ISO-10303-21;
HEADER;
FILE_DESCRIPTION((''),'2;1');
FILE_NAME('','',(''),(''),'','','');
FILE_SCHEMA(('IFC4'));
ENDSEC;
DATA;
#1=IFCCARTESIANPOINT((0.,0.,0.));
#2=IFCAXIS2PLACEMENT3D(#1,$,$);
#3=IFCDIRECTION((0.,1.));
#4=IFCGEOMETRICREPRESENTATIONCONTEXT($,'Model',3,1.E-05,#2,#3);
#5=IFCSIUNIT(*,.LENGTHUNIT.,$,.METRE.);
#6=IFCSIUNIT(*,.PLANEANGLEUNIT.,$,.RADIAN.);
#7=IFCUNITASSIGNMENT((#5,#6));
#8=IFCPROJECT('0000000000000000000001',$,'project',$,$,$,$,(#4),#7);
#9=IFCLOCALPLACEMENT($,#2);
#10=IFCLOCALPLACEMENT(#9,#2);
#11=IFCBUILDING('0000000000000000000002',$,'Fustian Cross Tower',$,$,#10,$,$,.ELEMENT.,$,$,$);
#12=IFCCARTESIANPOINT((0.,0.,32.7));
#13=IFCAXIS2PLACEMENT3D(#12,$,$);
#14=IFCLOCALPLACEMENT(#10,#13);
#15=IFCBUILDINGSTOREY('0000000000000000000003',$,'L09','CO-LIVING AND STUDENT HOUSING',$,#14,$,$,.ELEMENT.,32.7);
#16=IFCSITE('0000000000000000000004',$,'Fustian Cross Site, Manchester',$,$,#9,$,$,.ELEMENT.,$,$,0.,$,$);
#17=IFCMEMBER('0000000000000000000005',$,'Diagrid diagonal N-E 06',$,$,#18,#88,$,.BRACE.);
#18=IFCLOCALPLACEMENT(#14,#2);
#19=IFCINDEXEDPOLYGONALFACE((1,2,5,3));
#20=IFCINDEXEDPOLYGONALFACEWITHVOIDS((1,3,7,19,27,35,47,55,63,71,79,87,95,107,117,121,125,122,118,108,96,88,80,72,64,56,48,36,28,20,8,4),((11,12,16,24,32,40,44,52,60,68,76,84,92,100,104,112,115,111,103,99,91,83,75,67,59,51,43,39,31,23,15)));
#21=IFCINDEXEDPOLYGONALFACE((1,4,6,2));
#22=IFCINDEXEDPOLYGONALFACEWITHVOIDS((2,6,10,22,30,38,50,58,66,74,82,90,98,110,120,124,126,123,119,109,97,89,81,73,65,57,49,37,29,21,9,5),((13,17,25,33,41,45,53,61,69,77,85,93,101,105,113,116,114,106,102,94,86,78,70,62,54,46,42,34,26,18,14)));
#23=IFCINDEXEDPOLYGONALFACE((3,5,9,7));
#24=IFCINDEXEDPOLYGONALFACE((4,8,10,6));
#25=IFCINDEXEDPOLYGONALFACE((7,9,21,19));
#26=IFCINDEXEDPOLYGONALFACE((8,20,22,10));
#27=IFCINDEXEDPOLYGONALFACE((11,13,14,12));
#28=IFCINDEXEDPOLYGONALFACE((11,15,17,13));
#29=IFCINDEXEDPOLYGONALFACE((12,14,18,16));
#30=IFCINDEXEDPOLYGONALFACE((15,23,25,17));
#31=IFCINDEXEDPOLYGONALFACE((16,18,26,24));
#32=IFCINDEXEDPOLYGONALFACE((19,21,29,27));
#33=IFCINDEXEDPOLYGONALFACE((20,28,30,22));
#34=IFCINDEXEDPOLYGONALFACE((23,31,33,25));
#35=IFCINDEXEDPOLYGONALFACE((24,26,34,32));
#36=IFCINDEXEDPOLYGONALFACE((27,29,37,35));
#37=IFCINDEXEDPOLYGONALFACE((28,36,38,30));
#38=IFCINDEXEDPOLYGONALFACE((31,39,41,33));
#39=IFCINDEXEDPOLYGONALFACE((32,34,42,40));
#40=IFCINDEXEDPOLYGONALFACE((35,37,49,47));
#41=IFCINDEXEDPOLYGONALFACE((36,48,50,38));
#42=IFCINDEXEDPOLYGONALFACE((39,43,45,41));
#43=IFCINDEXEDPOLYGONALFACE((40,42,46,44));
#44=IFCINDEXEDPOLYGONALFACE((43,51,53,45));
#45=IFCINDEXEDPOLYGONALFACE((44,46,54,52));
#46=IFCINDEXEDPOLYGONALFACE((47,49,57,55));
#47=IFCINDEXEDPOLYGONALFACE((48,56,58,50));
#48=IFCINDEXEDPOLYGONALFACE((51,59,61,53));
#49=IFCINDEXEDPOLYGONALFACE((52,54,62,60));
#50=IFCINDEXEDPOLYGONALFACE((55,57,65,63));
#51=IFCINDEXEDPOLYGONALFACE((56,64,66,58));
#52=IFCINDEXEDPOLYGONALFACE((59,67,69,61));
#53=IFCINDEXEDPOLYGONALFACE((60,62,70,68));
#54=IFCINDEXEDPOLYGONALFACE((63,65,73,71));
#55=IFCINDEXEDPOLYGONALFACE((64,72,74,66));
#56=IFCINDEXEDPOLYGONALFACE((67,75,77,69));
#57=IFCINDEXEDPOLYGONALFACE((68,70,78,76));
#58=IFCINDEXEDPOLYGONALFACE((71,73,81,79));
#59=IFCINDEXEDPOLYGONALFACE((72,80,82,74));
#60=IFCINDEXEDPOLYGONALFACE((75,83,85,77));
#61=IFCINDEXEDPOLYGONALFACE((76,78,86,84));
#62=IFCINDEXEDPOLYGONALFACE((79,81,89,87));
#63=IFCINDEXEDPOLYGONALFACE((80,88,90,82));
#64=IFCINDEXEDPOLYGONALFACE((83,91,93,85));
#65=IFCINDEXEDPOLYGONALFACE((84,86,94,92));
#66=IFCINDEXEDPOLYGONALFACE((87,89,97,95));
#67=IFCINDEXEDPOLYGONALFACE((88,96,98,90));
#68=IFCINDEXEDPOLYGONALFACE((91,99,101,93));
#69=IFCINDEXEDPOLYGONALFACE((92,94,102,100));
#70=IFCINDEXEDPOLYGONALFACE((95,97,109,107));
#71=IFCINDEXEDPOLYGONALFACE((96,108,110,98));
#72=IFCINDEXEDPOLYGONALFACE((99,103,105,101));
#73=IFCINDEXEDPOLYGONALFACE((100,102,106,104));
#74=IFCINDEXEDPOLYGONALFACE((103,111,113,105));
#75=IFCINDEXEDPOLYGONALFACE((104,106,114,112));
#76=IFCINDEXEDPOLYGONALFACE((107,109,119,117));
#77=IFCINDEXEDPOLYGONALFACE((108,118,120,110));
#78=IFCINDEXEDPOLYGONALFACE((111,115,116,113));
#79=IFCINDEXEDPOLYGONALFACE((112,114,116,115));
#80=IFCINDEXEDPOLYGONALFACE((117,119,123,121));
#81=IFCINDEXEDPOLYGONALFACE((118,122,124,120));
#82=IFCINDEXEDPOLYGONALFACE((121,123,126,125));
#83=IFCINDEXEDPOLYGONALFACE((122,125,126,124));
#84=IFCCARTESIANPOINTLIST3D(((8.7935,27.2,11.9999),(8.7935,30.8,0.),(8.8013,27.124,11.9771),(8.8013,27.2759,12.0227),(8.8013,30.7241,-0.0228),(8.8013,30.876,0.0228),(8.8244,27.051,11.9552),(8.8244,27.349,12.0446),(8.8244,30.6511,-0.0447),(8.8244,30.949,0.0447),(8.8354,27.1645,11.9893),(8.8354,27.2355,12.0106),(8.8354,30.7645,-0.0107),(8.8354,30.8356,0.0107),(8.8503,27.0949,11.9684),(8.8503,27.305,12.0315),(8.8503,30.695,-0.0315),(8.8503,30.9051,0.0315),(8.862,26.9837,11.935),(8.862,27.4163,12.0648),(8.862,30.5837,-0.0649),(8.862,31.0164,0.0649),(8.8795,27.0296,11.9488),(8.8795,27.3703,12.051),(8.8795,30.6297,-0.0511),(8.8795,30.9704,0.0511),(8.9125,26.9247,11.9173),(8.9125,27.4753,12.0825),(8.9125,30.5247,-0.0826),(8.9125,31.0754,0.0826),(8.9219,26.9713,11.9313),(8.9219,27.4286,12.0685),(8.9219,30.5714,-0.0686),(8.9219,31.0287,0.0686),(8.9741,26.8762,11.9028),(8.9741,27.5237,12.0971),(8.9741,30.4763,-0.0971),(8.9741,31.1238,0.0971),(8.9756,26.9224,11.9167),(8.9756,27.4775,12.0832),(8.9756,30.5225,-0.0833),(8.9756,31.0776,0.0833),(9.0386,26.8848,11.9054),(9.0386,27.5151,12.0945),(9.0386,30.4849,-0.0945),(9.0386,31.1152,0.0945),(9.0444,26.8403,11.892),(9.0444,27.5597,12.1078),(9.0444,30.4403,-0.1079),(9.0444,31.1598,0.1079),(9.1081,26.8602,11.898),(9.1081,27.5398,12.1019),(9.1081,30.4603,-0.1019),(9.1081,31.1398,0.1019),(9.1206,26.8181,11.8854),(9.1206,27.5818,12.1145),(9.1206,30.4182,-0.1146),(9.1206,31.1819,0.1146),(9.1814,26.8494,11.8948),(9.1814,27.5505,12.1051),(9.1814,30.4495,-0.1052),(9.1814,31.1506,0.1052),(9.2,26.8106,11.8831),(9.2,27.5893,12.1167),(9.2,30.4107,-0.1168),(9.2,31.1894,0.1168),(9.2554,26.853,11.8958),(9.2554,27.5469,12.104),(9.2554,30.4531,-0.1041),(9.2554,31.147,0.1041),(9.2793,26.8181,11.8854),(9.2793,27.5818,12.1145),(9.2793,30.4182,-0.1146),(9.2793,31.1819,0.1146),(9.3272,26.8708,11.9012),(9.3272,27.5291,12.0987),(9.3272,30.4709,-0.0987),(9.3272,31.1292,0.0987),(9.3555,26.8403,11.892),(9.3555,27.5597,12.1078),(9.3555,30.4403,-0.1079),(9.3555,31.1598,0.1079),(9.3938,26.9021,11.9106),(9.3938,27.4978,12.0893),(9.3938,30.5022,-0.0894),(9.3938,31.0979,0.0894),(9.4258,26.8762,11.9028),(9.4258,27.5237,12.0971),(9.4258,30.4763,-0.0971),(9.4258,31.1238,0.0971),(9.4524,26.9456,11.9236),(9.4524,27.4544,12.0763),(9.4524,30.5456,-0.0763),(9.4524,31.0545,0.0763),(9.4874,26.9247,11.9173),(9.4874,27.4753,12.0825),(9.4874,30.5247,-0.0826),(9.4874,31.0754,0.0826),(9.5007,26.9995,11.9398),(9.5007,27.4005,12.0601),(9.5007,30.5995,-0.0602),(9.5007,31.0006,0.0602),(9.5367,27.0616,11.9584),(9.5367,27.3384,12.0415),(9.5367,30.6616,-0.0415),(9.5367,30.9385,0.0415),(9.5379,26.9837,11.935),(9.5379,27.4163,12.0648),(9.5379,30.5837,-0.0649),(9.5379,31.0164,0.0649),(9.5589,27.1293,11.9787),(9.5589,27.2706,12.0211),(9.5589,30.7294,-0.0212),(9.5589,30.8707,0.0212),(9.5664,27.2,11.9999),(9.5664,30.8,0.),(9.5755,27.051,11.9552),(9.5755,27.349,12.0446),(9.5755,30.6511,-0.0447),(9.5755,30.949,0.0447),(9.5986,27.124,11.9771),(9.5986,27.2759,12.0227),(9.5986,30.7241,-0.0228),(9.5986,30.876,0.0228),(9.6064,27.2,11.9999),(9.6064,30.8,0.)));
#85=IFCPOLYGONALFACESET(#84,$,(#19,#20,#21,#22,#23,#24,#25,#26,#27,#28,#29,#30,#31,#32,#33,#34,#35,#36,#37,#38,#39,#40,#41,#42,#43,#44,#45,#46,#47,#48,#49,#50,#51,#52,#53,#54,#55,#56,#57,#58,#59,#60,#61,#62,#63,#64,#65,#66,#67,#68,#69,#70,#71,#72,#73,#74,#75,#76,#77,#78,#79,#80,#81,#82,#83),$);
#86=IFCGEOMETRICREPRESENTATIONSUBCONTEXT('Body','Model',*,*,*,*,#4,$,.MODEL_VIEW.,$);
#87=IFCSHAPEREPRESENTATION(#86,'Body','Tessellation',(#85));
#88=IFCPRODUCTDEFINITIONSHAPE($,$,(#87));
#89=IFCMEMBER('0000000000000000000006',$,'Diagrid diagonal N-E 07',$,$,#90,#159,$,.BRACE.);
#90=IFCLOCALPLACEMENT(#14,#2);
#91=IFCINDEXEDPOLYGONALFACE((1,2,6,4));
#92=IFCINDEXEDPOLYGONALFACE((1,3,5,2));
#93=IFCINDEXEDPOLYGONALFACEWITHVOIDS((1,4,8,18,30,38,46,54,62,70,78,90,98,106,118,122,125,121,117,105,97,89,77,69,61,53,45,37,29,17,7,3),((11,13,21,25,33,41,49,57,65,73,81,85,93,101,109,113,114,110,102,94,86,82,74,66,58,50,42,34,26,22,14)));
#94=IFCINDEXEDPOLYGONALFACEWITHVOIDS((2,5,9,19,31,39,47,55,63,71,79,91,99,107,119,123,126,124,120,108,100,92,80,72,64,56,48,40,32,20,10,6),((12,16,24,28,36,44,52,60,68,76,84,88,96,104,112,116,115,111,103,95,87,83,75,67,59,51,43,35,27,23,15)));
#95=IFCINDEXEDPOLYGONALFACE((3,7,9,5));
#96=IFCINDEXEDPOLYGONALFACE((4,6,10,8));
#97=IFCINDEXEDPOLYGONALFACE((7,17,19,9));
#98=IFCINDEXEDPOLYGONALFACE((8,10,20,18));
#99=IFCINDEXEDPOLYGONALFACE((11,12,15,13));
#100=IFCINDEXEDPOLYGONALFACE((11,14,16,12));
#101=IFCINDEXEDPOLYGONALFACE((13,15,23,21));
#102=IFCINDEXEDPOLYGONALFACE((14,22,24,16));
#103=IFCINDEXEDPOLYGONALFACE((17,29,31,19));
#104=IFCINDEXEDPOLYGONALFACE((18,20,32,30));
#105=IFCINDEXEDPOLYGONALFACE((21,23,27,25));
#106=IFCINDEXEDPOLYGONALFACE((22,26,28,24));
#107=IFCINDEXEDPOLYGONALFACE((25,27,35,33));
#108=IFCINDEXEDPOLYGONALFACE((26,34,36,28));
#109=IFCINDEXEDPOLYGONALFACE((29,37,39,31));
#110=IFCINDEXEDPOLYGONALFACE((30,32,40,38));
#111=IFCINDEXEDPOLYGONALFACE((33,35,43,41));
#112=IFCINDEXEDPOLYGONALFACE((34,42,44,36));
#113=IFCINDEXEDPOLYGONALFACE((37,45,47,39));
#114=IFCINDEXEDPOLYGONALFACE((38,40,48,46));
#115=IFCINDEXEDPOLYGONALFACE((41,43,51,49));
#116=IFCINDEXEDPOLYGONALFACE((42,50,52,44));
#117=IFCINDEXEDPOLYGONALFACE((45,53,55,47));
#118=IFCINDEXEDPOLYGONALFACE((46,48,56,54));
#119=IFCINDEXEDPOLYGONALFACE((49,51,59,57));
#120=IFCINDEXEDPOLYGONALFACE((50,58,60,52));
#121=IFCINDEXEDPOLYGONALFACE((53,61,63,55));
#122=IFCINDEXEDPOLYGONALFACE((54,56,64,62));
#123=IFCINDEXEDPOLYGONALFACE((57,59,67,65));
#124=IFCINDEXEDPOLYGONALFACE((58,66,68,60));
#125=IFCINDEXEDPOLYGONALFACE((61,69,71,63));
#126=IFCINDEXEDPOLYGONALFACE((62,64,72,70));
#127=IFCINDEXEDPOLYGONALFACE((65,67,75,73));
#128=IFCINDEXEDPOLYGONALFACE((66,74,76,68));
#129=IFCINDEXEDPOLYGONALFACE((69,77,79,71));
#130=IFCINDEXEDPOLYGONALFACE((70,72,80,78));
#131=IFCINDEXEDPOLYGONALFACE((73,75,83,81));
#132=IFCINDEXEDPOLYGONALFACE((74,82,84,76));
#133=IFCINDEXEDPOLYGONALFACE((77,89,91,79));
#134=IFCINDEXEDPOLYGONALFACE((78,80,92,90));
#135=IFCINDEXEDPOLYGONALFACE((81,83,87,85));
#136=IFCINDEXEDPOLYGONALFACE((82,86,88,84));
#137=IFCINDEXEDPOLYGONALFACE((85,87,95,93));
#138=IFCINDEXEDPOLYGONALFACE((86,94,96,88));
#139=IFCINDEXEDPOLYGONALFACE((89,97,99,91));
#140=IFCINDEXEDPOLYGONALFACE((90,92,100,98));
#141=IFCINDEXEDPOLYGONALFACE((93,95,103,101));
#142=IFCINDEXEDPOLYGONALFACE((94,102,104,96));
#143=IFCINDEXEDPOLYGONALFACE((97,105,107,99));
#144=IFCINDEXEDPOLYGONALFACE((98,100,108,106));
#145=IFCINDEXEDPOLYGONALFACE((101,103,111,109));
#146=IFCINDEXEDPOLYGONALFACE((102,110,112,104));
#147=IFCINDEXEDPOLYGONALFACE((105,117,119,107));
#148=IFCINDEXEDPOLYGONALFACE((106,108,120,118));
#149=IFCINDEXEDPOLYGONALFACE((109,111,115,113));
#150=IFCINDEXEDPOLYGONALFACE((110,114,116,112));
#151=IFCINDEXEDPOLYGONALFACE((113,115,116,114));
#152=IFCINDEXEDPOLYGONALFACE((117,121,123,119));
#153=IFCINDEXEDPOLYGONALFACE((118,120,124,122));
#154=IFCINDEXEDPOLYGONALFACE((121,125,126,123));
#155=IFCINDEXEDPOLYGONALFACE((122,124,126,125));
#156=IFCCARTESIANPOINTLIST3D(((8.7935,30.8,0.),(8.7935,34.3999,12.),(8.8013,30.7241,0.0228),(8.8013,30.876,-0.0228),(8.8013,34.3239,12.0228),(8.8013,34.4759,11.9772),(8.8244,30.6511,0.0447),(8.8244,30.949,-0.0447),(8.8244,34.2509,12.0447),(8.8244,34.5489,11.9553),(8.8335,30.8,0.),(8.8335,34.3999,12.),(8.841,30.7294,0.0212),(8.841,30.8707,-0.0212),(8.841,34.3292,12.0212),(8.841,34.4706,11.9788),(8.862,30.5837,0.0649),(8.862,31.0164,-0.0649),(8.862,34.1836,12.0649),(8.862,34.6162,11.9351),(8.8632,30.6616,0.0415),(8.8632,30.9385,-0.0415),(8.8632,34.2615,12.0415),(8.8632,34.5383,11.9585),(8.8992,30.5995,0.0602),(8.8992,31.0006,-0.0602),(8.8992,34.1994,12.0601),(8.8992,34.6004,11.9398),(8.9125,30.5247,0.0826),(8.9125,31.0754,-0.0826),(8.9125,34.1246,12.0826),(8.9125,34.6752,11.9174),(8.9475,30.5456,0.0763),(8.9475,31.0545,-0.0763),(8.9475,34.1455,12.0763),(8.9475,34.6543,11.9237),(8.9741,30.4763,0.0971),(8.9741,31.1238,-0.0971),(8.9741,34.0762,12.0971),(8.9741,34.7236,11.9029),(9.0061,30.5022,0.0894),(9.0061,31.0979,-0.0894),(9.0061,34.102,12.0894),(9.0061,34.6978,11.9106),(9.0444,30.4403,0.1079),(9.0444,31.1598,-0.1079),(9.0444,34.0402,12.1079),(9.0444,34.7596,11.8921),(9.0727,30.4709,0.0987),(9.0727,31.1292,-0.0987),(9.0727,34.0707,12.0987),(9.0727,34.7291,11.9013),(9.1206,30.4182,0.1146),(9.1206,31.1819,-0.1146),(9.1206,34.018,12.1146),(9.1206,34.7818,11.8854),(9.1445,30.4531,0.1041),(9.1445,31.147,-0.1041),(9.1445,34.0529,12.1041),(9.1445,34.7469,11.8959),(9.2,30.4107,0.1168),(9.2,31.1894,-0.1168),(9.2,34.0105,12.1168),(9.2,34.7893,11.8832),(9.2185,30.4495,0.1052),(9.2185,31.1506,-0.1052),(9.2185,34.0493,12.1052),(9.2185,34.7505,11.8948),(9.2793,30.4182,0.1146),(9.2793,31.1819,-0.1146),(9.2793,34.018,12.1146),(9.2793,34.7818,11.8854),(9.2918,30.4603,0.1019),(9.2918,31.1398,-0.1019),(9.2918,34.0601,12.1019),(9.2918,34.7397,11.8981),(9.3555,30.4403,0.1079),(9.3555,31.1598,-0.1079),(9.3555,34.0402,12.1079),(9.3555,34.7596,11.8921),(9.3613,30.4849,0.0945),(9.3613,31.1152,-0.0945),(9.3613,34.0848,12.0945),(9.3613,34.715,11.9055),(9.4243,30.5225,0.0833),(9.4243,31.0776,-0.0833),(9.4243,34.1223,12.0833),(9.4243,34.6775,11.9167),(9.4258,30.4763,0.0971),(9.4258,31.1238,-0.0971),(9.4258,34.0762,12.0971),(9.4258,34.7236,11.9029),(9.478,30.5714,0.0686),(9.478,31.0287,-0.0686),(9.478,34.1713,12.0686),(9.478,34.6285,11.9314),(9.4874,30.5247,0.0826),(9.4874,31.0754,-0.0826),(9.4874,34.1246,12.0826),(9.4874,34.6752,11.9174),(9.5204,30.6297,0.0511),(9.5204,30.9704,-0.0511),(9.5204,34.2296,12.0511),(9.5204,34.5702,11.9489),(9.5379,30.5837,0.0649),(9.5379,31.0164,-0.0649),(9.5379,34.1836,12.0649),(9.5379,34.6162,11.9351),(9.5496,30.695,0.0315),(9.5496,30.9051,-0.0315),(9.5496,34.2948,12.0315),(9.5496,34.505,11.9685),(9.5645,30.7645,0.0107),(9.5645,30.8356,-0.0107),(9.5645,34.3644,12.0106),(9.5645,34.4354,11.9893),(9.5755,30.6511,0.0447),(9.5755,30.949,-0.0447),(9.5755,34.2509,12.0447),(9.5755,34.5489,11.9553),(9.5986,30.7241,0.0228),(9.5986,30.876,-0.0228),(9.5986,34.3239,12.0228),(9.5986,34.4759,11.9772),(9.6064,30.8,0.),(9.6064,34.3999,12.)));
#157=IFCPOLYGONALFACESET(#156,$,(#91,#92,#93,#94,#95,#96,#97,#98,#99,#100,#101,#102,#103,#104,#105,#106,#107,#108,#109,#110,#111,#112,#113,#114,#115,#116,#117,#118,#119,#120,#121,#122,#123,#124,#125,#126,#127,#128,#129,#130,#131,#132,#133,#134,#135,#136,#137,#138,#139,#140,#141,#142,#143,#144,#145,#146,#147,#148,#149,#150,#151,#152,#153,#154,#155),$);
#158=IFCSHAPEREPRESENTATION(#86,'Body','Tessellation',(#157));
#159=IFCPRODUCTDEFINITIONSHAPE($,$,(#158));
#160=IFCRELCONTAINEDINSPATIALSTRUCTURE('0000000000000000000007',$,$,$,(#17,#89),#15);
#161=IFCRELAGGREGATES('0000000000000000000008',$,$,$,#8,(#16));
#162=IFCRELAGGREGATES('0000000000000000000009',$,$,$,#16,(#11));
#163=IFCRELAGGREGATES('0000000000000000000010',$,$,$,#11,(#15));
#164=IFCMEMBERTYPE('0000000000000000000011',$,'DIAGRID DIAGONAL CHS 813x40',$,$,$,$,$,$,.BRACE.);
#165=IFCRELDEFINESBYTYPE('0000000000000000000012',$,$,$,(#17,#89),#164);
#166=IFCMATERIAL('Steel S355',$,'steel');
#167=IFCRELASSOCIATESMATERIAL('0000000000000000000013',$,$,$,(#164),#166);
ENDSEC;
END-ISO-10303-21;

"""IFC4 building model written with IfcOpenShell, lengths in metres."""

from ifc_helpers import new_model, si_unit, direction, frame, origin, origin_2d, place, context, subcontext, project, spatial, hollow_circle, extrude, material, material_profile, profile_set, type_object, element, save


model = new_model("IFC4")

# Units and contexts
model_context = context("Model", 3, precision=1e-05, world=origin(), true_north=direction((0.0, 1.0)))
body_context = subcontext(model_context, "Body", "Model", "MODEL_VIEW")
ifc_project = project(units=[si_unit("LENGTHUNIT", "METRE"), si_unit("PLANEANGLEUNIT", "RADIAN")], contexts=[model_context])

# Site, building, storey
site_placement = place(None, origin())
site = spatial("IfcSite", under=ifc_project, at=site_placement, Name="Fustian Cross Site, Manchester", CompositionType="ELEMENT", RefElevation=0.0)
building_placement = place(site_placement, origin())
building = spatial("IfcBuilding", under=site, at=building_placement, Name="Fustian Cross Tower", CompositionType="ELEMENT")
storey_placement = place(building_placement, frame((0.0, 0.0, 32.7)))
storey = spatial("IfcBuildingStorey", under=building, at=storey_placement, Name="L09", Description="CO-LIVING AND STUDENT HOUSING", CompositionType="ELEMENT", Elevation=32.7)

# Members
ifc_material_1 = material(Name="Steel S355", Category="steel")
ifc_material_profile_1 = material_profile(ifc_material_1, hollow_circle(Radius=0.4065, WallThickness=0.04, at=origin_2d()), Name="CHS 813x40")
ifc_profile_set_1 = profile_set([ifc_material_profile_1], Name="Steel S355")
member_type_1 = type_object("IfcMemberType", Name="DIAGRID DIAGONAL CHS 813x40", PredefinedType="BRACE", material=ifc_profile_set_1)
for number, where, z_axis, x_axis, name in (
    (1, (9.2, 30.8, 0.0), (0.0, -0.287355, 0.957824), (1.0, 0.0, 0.0), "Diagrid diagonal N-E 06"),
    (2, (9.2, 30.8, 0.0), (0.0, 0.287337, 0.95783), (-1.0, 0.0, 0.0), "Diagrid diagonal N-E 07"),
):
    element("IfcMember", number, at=place(storey_placement, frame(where, z_axis=z_axis, x_axis=x_axis)), inside=storey, type_object=member_type_1, Name=name, PredefinedType="BRACE", context=body_context, shape_type="SweptSolid", body=[
        extrude(hollow_circle(Radius=0.4065, WallThickness=0.04, at=origin_2d()), origin(), (0.0, 0.0, 1.0), 12.5283),
    ])

save(model, "model.ifc")
